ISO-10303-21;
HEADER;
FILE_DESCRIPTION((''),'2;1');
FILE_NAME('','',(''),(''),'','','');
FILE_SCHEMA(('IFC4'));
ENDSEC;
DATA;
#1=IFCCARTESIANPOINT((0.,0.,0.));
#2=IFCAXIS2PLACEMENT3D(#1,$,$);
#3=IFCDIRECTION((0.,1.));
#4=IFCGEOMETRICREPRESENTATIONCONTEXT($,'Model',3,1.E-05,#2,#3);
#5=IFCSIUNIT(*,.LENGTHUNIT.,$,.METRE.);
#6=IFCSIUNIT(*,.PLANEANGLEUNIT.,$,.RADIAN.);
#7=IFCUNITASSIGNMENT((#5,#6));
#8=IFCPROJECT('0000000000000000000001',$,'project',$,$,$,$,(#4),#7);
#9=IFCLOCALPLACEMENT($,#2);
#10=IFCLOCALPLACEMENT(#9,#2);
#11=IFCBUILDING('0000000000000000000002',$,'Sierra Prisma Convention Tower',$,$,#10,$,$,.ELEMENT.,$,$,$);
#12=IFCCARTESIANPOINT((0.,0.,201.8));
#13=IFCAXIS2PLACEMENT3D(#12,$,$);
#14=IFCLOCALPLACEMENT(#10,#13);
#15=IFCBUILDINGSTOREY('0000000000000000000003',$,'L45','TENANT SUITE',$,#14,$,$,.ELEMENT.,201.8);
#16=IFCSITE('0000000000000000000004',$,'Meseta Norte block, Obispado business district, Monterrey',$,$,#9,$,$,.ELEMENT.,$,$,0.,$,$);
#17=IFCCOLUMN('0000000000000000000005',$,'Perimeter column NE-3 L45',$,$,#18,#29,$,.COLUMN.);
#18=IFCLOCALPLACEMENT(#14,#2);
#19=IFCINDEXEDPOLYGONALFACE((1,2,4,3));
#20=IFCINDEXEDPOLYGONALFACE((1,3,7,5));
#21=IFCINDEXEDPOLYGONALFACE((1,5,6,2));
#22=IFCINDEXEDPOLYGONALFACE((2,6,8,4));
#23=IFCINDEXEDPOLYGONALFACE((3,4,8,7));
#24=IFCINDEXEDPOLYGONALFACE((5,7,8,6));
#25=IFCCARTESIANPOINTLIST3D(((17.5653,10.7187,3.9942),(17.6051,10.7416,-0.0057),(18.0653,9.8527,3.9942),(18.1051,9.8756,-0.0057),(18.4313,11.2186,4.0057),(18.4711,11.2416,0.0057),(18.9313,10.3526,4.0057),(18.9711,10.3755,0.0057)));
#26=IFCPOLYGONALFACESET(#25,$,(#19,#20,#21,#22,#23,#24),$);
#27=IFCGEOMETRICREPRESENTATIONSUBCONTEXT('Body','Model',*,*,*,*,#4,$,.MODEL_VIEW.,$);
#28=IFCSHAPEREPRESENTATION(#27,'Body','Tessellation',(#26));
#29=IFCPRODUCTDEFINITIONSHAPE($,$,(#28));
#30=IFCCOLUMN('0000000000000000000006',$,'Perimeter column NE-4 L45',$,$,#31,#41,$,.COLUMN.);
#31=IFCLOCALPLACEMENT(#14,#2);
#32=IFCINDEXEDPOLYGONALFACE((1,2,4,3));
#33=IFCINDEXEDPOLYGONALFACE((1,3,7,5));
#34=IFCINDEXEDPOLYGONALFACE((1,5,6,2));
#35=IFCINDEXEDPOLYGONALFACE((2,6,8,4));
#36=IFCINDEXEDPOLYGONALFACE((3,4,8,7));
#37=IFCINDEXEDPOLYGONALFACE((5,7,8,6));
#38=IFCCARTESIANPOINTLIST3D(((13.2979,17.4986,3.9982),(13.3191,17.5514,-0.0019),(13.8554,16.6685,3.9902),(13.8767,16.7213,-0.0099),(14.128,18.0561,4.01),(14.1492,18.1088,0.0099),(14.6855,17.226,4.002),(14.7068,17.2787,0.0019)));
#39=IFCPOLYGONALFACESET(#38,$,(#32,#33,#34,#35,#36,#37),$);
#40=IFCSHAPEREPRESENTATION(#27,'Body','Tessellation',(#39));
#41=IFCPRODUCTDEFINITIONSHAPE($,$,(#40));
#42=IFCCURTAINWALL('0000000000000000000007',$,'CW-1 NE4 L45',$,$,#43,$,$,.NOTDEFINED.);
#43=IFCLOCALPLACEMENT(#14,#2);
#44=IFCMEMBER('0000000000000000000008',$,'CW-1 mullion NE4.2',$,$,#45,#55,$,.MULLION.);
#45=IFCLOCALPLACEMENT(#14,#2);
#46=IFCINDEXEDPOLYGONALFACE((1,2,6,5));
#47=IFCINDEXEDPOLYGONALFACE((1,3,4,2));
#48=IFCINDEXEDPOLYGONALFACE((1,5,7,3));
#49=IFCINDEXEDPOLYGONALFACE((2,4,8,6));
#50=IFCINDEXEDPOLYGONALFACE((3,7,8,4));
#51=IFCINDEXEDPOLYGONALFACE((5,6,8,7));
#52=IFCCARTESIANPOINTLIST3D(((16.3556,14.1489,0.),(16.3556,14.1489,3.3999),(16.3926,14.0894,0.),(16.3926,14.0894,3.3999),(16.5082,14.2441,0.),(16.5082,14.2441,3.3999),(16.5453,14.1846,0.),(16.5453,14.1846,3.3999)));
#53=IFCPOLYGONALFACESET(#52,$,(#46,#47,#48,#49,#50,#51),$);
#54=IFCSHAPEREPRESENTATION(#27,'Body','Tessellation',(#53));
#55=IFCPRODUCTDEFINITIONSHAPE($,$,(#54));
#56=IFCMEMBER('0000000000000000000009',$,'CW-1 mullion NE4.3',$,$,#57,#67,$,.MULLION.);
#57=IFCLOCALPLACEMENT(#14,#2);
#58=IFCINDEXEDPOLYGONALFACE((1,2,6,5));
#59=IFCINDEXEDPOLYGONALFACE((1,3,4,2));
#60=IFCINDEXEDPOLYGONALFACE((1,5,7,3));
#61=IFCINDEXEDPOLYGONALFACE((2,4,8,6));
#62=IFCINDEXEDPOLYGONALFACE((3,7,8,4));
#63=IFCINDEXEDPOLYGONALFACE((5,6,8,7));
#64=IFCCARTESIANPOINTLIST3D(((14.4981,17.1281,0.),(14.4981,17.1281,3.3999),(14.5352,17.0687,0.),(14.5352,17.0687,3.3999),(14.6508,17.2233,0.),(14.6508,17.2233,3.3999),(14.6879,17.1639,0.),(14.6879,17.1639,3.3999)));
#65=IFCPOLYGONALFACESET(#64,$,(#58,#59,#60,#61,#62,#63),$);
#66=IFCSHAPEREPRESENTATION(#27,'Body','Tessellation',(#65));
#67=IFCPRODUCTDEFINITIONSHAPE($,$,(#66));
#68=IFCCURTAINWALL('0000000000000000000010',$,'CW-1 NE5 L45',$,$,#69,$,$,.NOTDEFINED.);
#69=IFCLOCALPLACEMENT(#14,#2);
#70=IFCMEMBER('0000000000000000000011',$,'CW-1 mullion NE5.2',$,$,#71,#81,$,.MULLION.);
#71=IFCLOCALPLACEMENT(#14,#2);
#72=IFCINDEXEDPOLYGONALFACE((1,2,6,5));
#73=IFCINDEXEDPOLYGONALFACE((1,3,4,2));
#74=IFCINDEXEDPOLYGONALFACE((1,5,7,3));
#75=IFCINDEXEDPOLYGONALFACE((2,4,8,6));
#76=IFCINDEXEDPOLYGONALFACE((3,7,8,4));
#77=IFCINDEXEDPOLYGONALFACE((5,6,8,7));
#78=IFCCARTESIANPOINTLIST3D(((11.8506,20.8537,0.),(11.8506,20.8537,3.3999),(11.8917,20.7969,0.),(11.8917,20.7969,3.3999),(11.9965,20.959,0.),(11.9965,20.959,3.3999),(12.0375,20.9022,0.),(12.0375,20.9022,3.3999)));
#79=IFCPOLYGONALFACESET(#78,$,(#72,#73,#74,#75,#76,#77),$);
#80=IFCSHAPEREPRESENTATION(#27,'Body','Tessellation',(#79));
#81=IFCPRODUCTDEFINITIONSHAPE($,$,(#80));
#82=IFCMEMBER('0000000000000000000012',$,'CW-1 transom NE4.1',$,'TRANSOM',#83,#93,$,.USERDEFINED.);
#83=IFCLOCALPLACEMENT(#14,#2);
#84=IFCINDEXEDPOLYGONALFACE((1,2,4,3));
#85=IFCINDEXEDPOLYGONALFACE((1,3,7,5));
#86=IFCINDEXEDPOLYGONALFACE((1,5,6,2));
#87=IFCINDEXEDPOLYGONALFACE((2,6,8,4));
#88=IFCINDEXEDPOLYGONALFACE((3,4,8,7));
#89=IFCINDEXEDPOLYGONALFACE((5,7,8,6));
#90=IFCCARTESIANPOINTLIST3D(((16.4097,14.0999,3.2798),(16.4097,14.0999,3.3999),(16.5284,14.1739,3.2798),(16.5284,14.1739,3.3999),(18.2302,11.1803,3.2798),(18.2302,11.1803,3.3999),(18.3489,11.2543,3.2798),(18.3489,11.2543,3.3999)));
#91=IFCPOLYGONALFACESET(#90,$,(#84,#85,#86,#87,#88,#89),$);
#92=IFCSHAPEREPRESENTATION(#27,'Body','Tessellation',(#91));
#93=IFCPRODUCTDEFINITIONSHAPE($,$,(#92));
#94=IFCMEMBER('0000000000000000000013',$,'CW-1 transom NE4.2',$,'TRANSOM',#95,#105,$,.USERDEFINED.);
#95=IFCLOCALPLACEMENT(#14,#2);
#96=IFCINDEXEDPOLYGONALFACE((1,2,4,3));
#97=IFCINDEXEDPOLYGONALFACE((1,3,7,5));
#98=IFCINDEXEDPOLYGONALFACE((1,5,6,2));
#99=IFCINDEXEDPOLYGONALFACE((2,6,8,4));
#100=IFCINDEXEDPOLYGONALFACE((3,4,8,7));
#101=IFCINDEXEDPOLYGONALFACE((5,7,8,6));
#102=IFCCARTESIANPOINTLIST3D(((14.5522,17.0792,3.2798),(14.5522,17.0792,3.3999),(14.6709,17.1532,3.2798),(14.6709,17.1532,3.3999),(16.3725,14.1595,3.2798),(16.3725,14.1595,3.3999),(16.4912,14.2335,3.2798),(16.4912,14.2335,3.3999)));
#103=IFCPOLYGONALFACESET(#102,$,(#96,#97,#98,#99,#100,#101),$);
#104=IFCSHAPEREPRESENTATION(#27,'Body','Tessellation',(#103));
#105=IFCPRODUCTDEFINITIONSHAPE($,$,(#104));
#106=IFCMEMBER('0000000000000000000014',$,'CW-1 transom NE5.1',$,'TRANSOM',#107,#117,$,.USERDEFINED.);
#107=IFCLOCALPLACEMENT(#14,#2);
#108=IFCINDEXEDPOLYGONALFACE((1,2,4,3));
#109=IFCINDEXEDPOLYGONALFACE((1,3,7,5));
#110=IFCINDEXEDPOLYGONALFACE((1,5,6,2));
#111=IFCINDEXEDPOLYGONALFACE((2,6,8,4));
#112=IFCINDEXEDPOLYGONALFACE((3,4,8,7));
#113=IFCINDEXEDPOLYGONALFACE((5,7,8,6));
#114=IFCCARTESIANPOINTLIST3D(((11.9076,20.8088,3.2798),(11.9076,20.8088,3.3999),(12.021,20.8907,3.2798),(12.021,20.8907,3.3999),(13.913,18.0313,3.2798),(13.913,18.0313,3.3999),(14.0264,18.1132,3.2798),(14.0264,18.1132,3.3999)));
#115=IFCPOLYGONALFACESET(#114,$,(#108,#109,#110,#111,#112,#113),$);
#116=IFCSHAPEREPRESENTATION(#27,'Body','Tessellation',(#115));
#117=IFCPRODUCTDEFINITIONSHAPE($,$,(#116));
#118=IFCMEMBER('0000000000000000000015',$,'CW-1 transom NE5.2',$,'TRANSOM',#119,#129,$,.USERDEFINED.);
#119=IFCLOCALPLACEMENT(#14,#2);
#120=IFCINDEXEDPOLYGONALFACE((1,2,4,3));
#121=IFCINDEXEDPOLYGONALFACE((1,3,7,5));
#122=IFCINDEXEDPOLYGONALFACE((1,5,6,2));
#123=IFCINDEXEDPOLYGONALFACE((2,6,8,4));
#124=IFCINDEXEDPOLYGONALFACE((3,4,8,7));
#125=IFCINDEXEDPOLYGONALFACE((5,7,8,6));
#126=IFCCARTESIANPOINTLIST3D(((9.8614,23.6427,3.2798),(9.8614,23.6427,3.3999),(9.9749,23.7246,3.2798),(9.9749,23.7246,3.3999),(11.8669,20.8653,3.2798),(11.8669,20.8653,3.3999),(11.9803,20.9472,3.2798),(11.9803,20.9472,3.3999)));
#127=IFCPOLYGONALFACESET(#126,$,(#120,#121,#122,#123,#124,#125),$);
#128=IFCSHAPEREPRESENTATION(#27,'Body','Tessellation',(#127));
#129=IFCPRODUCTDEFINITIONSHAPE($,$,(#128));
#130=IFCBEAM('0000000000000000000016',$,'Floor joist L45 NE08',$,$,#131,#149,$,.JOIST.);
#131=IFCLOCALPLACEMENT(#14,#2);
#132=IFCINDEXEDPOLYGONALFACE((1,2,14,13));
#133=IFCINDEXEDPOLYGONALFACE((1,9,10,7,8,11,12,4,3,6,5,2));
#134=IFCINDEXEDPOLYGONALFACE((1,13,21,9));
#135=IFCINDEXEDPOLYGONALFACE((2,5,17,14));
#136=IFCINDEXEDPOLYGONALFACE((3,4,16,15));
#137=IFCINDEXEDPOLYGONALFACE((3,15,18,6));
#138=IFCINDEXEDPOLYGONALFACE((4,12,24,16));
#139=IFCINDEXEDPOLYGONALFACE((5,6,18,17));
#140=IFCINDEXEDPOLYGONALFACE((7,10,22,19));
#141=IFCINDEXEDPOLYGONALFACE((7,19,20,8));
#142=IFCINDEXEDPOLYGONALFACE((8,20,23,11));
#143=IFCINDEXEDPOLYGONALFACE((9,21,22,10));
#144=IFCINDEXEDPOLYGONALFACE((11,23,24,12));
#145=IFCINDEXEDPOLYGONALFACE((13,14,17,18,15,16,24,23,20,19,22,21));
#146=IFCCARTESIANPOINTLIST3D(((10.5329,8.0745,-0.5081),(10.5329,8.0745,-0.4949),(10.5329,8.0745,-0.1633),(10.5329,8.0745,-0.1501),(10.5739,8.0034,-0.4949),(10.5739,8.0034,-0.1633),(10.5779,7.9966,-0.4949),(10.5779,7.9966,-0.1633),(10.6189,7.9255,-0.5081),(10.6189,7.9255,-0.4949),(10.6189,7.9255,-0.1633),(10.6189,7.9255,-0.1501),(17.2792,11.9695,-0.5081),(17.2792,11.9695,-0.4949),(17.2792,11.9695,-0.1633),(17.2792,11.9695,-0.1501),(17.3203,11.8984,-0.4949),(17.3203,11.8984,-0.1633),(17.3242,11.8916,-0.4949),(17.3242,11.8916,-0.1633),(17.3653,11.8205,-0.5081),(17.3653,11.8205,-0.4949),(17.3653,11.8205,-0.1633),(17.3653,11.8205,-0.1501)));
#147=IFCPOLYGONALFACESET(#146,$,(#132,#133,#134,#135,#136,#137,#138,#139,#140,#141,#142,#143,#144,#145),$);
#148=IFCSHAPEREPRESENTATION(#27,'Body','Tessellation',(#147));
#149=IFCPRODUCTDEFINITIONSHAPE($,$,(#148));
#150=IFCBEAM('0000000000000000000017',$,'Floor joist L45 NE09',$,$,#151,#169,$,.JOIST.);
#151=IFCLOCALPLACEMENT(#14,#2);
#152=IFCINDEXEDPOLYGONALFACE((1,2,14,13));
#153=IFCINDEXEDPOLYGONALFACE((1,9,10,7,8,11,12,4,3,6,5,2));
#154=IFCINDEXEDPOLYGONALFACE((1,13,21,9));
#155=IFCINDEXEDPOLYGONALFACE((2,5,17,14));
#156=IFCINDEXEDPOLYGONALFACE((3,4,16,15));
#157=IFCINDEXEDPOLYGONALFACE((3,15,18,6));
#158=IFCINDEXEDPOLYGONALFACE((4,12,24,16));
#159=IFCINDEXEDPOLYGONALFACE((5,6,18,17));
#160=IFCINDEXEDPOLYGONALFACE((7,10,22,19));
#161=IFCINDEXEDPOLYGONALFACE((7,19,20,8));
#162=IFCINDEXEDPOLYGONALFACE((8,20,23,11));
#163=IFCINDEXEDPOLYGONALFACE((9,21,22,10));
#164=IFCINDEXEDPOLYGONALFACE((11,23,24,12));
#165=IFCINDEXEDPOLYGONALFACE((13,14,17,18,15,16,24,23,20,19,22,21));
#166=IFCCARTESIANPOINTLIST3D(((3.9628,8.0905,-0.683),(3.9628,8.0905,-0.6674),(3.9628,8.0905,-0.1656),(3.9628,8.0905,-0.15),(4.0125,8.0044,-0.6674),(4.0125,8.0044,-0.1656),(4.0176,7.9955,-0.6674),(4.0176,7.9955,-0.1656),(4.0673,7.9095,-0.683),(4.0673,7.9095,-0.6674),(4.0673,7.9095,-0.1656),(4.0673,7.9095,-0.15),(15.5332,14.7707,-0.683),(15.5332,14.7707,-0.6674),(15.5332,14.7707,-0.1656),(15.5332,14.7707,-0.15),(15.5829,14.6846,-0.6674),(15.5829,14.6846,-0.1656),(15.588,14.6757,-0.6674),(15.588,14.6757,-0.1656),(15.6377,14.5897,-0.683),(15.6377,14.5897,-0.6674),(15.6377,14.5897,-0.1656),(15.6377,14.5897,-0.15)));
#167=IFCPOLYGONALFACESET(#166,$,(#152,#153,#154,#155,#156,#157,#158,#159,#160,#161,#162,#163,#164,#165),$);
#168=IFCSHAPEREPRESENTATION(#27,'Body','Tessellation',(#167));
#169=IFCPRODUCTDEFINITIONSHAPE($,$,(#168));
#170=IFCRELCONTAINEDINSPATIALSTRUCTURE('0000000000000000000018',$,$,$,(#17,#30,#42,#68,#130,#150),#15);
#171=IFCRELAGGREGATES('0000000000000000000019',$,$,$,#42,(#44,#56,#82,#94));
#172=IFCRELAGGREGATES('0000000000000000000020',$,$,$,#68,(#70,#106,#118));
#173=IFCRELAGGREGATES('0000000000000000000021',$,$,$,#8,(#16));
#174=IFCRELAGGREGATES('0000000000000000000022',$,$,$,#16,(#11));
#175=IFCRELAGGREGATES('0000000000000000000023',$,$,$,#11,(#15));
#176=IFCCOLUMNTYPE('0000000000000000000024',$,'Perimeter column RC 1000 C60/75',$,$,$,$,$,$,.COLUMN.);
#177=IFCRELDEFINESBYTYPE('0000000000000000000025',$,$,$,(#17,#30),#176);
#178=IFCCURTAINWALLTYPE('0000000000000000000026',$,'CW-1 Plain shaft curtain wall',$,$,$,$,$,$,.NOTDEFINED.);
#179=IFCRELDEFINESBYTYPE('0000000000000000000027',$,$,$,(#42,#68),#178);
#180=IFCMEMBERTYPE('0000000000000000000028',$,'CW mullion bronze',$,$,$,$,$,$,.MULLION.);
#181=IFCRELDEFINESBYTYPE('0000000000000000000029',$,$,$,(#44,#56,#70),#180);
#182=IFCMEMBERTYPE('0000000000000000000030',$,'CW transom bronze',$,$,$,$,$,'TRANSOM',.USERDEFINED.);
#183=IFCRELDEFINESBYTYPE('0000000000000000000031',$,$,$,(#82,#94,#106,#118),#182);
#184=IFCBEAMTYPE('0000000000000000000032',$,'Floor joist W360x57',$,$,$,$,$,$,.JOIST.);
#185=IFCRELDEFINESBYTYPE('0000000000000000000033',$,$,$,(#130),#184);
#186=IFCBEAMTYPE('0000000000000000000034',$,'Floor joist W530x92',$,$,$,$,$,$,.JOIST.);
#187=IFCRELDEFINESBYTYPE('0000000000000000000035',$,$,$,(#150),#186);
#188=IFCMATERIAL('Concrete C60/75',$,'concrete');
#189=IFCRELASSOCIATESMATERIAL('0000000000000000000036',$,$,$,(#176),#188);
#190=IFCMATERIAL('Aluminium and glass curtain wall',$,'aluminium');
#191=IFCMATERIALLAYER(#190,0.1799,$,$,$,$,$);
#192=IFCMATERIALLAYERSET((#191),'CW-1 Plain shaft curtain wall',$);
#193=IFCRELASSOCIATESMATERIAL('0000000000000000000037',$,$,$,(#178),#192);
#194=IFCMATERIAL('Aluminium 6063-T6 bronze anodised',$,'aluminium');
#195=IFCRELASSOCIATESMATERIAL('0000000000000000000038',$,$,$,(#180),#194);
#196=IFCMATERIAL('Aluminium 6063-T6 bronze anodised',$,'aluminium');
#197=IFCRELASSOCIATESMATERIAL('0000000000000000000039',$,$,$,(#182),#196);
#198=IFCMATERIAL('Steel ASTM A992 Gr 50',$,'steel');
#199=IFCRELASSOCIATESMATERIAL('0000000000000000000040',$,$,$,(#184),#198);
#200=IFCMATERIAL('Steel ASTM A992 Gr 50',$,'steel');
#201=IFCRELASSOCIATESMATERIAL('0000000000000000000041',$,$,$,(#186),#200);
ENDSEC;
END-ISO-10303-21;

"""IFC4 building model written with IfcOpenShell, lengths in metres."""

from ifc_helpers import new_model, si_unit, direction, frame, origin, origin_2d, place, context, subcontext, project, spatial, rectangle, i_section, extrude, material, layer, layer_set, material_profile, profile_set, type_object, element, aggregate, save


model = new_model("IFC4")

# Units and contexts
model_context = context("Model", 3, precision=1e-05, world=origin(), true_north=direction((0.0, 1.0)))
body_context = subcontext(model_context, "Body", "Model", "MODEL_VIEW")
ifc_project = project(units=[si_unit("LENGTHUNIT", "METRE"), si_unit("PLANEANGLEUNIT", "RADIAN")], contexts=[model_context])

# Site, building, storey
site_placement = place(None, origin())
site = spatial("IfcSite", under=ifc_project, at=site_placement, Name="Meseta Norte block, Obispado business district, Monterrey", CompositionType="ELEMENT", RefElevation=0.0)
building_placement = place(site_placement, origin())
building = spatial("IfcBuilding", under=site, at=building_placement, Name="Sierra Prisma Convention Tower", CompositionType="ELEMENT")
storey_placement = place(building_placement, frame((0.0, 0.0, 201.8)))
storey = spatial("IfcBuildingStorey", under=building, at=storey_placement, Name="L45", Description="TENANT SUITE", CompositionType="ELEMENT", Elevation=201.8)

# Columns
ifc_material_1 = material(Name="Concrete C60/75", Category="concrete")
ifc_material_profile_1 = material_profile(ifc_material_1, rectangle(XDim=1.0, YDim=1.0, at=origin_2d()), Name="Perimeter column RC 1000 C60/75")
ifc_profile_set_1 = profile_set([ifc_material_profile_1], Name="Concrete C60/75")
column_type = type_object("IfcColumnType", Name="Perimeter column RC 1000 C60/75", PredefinedType="COLUMN", material=ifc_profile_set_1)
column_1_placement = place(storey_placement, frame((18.2881, 10.5586, 0.0), z_axis=(-0.009948, -0.005737, 0.999934), x_axis=(-0.499975, 0.86604, -0.000005)))
element("IfcColumn", 1, at=column_1_placement, inside=storey, type_object=column_type, Name="Perimeter column NE-3 L45", PredefinedType="COLUMN", context=body_context, shape_type="SweptSolid", body=[
    extrude(rectangle(XDim=1.0, YDim=1.0, at=origin_2d()), origin(), (0.0, 0.0, 1.0), 4.0002),
])
column_2_placement = place(storey_placement, frame((14.0129, 17.415, 0.0), z_axis=(-0.00531, -0.013182, 0.999899), x_axis=(-0.557556, 0.830101, 0.007983)))
element("IfcColumn", 2, at=column_2_placement, inside=storey, type_object=column_type, Name="Perimeter column NE-4 L45", PredefinedType="COLUMN", context=body_context, shape_type="SweptSolid", body=[
    extrude(rectangle(XDim=1.0, YDim=1.0, at=origin_2d()), origin(), (0.0, 0.0, 1.0), 4.0005),
])

# Curtain wall, members
ifc_material_2 = material(Name="Aluminium and glass curtain wall", Category="aluminium")
ifc_layer_1 = layer(ifc_material_2, 0.1799)
ifc_layer_set_1 = layer_set([ifc_layer_1], Name="CW-1 Plain shaft curtain wall")
curtain_wall_type = type_object("IfcCurtainWallType", Name="CW-1 Plain shaft curtain wall", PredefinedType="NOTDEFINED", material=ifc_layer_set_1)
curtain_wall_1_placement = place(storey_placement, origin())
curtain_wall_1 = element("IfcCurtainWall", 3, at=curtain_wall_1_placement, inside=storey, type_object=curtain_wall_type, Name="CW-1 NE4 L45", PredefinedType="NOTDEFINED")
ifc_material_3 = material(Name="Aluminium 6063-T6 bronze anodised", Category="aluminium")
ifc_material_profile_2 = material_profile(ifc_material_3, rectangle(XDim=0.1799, YDim=0.0701, at=origin_2d()), Name="ALU MULLION 70x180")
ifc_profile_set_2 = profile_set([ifc_material_profile_2], Name="Aluminium 6063-T6 bronze anodised")
member_type_1 = type_object("IfcMemberType", Name="CW mullion bronze", PredefinedType="MULLION", material=ifc_profile_set_2)
member_1_placement = place(storey_placement, frame((16.4504, 14.1667, 0.0), z_axis=(0.0, 0.0, 1.0), x_axis=(-0.848568, -0.529086, 0.0)))
member_1 = element("IfcMember", 4, at=member_1_placement, type_object=member_type_1, Name="CW-1 mullion NE4.2", PredefinedType="MULLION", context=body_context, shape_type="SweptSolid", body=[
    extrude(rectangle(XDim=0.1799, YDim=0.0701, at=origin_2d()), origin(), (0.0, 0.0, 1.0), 3.3999),
])
member_2_placement = place(storey_placement, frame((14.593, 17.146, 0.0), z_axis=(0.0, 0.0, 1.0), x_axis=(-0.848568, -0.529086, 0.0)))
member_2 = element("IfcMember", 5, at=member_2_placement, type_object=member_type_1, Name="CW-1 mullion NE4.3", PredefinedType="MULLION", context=body_context, shape_type="SweptSolid", body=[
    extrude(rectangle(XDim=0.1799, YDim=0.0701, at=origin_2d()), origin(), (0.0, 0.0, 1.0), 3.3999),
])

# Curtain wall, member
curtain_wall_2_placement = place(storey_placement, origin())
curtain_wall_2 = element("IfcCurtainWall", 6, at=curtain_wall_2_placement, inside=storey, type_object=curtain_wall_type, Name="CW-1 NE5 L45", PredefinedType="NOTDEFINED")
member_3_placement = place(storey_placement, frame((11.9441, 20.8779, 0.0), z_axis=(0.0, 0.0, 1.0), x_axis=(-0.810745, -0.585399, 0.0)))
member_3 = element("IfcMember", 7, at=member_3_placement, type_object=member_type_1, Name="CW-1 mullion NE5.2", PredefinedType="MULLION", context=body_context, shape_type="SweptSolid", body=[
    extrude(rectangle(XDim=0.1799, YDim=0.0701, at=origin_2d()), origin(), (0.0, 0.0, 1.0), 3.3999),
])

# Members
ifc_material_4 = material(Name="Aluminium 6063-T6 bronze anodised", Category="aluminium")
ifc_material_profile_3 = material_profile(ifc_material_4, rectangle(XDim=0.1399, YDim=0.1201, at=origin_2d()), Name="ALU TRANSOM 120x140")
ifc_profile_set_3 = profile_set([ifc_material_profile_3], Name="Aluminium 6063-T6 bronze anodised")
member_type_2 = type_object("IfcMemberType", Name="CW transom bronze", ElementType="TRANSOM", PredefinedType="USERDEFINED", material=ifc_profile_set_3)
member_4_placement = place(storey_placement, frame((18.2896, 11.2173, 3.3398), z_axis=(-0.529112, 0.848552, 0.0), x_axis=(-0.848552, -0.529112, 0.0)))
member_4 = element("IfcMember", 8, at=member_4_placement, type_object=member_type_2, Name="CW-1 transom NE4.1", ObjectType="TRANSOM", PredefinedType="USERDEFINED", context=body_context, shape_type="SweptSolid", body=[
    extrude(rectangle(XDim=0.1399, YDim=0.1201, at=origin_2d()), origin(), (0.0, 0.0, 1.0), 3.4407),
])
member_5_placement = place(storey_placement, frame((16.4319, 14.1965, 3.3398), z_axis=(-0.529061, 0.848584, 0.0), x_axis=(-0.848584, -0.529061, 0.0)))
member_5 = element("IfcMember", 9, at=member_5_placement, type_object=member_type_2, Name="CW-1 transom NE4.2", ObjectType="TRANSOM", PredefinedType="USERDEFINED", context=body_context, shape_type="SweptSolid", body=[
    extrude(rectangle(XDim=0.1399, YDim=0.1201, at=origin_2d()), origin(), (0.0, 0.0, 1.0), 3.4407),
])
member_6_placement = place(storey_placement, frame((13.9697, 18.0723, 3.3398), z_axis=(-0.585397, 0.810747, 0.0), x_axis=(-0.810747, -0.585397, 0.0)))
member_6 = element("IfcMember", 10, at=member_6_placement, type_object=member_type_2, Name="CW-1 transom NE5.1", ObjectType="TRANSOM", PredefinedType="USERDEFINED", context=body_context, shape_type="SweptSolid", body=[
    extrude(rectangle(XDim=0.1399, YDim=0.1201, at=origin_2d()), origin(), (0.0, 0.0, 1.0), 3.4258),
])
member_7_placement = place(storey_placement, frame((11.9236, 20.9062, 3.3398), z_axis=(-0.585397, 0.810747, 0.0), x_axis=(-0.810747, -0.585397, 0.0)))
member_7 = element("IfcMember", 11, at=member_7_placement, type_object=member_type_2, Name="CW-1 transom NE5.2", ObjectType="TRANSOM", PredefinedType="USERDEFINED", context=body_context, shape_type="SweptSolid", body=[
    extrude(rectangle(XDim=0.1399, YDim=0.1201, at=origin_2d()), origin(), (0.0, 0.0, 1.0), 3.4258),
])

# Beams
ifc_material_5 = material(Name="Steel ASTM A992 Gr 50", Category="steel")
ifc_material_profile_4 = material_profile(ifc_material_5, i_section(OverallWidth=0.1721, OverallDepth=0.3579, WebThickness=0.0078, FlangeThickness=0.0132, at=origin_2d()), Name="W360x57")
ifc_profile_set_4 = profile_set([ifc_material_profile_4], Name="Steel ASTM A992 Gr 50")
beam_type_1 = type_object("IfcBeamType", Name="Floor joist W360x57", PredefinedType="JOIST", material=ifc_profile_set_4)
beam_1_placement = place(storey_placement, frame((17.3223, 11.895, -0.3291), z_axis=(-0.866024, -0.500002, 0.0), x_axis=(0.500002, -0.866024, 0.0)))
element("IfcBeam", 12, at=beam_1_placement, inside=storey, type_object=beam_type_1, Name="Floor joist L45 NE08", PredefinedType="JOIST", context=body_context, shape_type="SweptSolid", body=[
    extrude(i_section(OverallWidth=0.1721, OverallDepth=0.3579, WebThickness=0.0078, FlangeThickness=0.0132, at=origin_2d()), origin(), (0.0, 0.0, 1.0), 7.79),
])
ifc_material_6 = material(Name="Steel ASTM A992 Gr 50", Category="steel")
ifc_material_profile_5 = material_profile(ifc_material_6, i_section(OverallWidth=0.209, OverallDepth=0.533, WebThickness=0.0103, FlangeThickness=0.0156, at=origin_2d()), Name="W530x92")
ifc_profile_set_5 = profile_set([ifc_material_profile_5], Name="Steel ASTM A992 Gr 50")
beam_type_2 = type_object("IfcBeamType", Name="Floor joist W530x92", PredefinedType="JOIST", material=ifc_profile_set_5)
beam_2_placement = place(storey_placement, frame((15.5854, 14.6802, -0.4165), z_axis=(-0.866024, -0.500003, 0.0), x_axis=(0.500003, -0.866024, 0.0)))
element("IfcBeam", 13, at=beam_2_placement, inside=storey, type_object=beam_type_2, Name="Floor joist L45 NE09", PredefinedType="JOIST", context=body_context, shape_type="SweptSolid", body=[
    extrude(i_section(OverallWidth=0.209, OverallDepth=0.533, WebThickness=0.0103, FlangeThickness=0.0156, at=origin_2d()), origin(), (0.0, 0.0, 1.0), 13.3604),
])

aggregate(curtain_wall_1, [member_1, member_2, member_4, member_5])
aggregate(curtain_wall_2, [member_3, member_6, member_7])

save(model, "model.ifc")
